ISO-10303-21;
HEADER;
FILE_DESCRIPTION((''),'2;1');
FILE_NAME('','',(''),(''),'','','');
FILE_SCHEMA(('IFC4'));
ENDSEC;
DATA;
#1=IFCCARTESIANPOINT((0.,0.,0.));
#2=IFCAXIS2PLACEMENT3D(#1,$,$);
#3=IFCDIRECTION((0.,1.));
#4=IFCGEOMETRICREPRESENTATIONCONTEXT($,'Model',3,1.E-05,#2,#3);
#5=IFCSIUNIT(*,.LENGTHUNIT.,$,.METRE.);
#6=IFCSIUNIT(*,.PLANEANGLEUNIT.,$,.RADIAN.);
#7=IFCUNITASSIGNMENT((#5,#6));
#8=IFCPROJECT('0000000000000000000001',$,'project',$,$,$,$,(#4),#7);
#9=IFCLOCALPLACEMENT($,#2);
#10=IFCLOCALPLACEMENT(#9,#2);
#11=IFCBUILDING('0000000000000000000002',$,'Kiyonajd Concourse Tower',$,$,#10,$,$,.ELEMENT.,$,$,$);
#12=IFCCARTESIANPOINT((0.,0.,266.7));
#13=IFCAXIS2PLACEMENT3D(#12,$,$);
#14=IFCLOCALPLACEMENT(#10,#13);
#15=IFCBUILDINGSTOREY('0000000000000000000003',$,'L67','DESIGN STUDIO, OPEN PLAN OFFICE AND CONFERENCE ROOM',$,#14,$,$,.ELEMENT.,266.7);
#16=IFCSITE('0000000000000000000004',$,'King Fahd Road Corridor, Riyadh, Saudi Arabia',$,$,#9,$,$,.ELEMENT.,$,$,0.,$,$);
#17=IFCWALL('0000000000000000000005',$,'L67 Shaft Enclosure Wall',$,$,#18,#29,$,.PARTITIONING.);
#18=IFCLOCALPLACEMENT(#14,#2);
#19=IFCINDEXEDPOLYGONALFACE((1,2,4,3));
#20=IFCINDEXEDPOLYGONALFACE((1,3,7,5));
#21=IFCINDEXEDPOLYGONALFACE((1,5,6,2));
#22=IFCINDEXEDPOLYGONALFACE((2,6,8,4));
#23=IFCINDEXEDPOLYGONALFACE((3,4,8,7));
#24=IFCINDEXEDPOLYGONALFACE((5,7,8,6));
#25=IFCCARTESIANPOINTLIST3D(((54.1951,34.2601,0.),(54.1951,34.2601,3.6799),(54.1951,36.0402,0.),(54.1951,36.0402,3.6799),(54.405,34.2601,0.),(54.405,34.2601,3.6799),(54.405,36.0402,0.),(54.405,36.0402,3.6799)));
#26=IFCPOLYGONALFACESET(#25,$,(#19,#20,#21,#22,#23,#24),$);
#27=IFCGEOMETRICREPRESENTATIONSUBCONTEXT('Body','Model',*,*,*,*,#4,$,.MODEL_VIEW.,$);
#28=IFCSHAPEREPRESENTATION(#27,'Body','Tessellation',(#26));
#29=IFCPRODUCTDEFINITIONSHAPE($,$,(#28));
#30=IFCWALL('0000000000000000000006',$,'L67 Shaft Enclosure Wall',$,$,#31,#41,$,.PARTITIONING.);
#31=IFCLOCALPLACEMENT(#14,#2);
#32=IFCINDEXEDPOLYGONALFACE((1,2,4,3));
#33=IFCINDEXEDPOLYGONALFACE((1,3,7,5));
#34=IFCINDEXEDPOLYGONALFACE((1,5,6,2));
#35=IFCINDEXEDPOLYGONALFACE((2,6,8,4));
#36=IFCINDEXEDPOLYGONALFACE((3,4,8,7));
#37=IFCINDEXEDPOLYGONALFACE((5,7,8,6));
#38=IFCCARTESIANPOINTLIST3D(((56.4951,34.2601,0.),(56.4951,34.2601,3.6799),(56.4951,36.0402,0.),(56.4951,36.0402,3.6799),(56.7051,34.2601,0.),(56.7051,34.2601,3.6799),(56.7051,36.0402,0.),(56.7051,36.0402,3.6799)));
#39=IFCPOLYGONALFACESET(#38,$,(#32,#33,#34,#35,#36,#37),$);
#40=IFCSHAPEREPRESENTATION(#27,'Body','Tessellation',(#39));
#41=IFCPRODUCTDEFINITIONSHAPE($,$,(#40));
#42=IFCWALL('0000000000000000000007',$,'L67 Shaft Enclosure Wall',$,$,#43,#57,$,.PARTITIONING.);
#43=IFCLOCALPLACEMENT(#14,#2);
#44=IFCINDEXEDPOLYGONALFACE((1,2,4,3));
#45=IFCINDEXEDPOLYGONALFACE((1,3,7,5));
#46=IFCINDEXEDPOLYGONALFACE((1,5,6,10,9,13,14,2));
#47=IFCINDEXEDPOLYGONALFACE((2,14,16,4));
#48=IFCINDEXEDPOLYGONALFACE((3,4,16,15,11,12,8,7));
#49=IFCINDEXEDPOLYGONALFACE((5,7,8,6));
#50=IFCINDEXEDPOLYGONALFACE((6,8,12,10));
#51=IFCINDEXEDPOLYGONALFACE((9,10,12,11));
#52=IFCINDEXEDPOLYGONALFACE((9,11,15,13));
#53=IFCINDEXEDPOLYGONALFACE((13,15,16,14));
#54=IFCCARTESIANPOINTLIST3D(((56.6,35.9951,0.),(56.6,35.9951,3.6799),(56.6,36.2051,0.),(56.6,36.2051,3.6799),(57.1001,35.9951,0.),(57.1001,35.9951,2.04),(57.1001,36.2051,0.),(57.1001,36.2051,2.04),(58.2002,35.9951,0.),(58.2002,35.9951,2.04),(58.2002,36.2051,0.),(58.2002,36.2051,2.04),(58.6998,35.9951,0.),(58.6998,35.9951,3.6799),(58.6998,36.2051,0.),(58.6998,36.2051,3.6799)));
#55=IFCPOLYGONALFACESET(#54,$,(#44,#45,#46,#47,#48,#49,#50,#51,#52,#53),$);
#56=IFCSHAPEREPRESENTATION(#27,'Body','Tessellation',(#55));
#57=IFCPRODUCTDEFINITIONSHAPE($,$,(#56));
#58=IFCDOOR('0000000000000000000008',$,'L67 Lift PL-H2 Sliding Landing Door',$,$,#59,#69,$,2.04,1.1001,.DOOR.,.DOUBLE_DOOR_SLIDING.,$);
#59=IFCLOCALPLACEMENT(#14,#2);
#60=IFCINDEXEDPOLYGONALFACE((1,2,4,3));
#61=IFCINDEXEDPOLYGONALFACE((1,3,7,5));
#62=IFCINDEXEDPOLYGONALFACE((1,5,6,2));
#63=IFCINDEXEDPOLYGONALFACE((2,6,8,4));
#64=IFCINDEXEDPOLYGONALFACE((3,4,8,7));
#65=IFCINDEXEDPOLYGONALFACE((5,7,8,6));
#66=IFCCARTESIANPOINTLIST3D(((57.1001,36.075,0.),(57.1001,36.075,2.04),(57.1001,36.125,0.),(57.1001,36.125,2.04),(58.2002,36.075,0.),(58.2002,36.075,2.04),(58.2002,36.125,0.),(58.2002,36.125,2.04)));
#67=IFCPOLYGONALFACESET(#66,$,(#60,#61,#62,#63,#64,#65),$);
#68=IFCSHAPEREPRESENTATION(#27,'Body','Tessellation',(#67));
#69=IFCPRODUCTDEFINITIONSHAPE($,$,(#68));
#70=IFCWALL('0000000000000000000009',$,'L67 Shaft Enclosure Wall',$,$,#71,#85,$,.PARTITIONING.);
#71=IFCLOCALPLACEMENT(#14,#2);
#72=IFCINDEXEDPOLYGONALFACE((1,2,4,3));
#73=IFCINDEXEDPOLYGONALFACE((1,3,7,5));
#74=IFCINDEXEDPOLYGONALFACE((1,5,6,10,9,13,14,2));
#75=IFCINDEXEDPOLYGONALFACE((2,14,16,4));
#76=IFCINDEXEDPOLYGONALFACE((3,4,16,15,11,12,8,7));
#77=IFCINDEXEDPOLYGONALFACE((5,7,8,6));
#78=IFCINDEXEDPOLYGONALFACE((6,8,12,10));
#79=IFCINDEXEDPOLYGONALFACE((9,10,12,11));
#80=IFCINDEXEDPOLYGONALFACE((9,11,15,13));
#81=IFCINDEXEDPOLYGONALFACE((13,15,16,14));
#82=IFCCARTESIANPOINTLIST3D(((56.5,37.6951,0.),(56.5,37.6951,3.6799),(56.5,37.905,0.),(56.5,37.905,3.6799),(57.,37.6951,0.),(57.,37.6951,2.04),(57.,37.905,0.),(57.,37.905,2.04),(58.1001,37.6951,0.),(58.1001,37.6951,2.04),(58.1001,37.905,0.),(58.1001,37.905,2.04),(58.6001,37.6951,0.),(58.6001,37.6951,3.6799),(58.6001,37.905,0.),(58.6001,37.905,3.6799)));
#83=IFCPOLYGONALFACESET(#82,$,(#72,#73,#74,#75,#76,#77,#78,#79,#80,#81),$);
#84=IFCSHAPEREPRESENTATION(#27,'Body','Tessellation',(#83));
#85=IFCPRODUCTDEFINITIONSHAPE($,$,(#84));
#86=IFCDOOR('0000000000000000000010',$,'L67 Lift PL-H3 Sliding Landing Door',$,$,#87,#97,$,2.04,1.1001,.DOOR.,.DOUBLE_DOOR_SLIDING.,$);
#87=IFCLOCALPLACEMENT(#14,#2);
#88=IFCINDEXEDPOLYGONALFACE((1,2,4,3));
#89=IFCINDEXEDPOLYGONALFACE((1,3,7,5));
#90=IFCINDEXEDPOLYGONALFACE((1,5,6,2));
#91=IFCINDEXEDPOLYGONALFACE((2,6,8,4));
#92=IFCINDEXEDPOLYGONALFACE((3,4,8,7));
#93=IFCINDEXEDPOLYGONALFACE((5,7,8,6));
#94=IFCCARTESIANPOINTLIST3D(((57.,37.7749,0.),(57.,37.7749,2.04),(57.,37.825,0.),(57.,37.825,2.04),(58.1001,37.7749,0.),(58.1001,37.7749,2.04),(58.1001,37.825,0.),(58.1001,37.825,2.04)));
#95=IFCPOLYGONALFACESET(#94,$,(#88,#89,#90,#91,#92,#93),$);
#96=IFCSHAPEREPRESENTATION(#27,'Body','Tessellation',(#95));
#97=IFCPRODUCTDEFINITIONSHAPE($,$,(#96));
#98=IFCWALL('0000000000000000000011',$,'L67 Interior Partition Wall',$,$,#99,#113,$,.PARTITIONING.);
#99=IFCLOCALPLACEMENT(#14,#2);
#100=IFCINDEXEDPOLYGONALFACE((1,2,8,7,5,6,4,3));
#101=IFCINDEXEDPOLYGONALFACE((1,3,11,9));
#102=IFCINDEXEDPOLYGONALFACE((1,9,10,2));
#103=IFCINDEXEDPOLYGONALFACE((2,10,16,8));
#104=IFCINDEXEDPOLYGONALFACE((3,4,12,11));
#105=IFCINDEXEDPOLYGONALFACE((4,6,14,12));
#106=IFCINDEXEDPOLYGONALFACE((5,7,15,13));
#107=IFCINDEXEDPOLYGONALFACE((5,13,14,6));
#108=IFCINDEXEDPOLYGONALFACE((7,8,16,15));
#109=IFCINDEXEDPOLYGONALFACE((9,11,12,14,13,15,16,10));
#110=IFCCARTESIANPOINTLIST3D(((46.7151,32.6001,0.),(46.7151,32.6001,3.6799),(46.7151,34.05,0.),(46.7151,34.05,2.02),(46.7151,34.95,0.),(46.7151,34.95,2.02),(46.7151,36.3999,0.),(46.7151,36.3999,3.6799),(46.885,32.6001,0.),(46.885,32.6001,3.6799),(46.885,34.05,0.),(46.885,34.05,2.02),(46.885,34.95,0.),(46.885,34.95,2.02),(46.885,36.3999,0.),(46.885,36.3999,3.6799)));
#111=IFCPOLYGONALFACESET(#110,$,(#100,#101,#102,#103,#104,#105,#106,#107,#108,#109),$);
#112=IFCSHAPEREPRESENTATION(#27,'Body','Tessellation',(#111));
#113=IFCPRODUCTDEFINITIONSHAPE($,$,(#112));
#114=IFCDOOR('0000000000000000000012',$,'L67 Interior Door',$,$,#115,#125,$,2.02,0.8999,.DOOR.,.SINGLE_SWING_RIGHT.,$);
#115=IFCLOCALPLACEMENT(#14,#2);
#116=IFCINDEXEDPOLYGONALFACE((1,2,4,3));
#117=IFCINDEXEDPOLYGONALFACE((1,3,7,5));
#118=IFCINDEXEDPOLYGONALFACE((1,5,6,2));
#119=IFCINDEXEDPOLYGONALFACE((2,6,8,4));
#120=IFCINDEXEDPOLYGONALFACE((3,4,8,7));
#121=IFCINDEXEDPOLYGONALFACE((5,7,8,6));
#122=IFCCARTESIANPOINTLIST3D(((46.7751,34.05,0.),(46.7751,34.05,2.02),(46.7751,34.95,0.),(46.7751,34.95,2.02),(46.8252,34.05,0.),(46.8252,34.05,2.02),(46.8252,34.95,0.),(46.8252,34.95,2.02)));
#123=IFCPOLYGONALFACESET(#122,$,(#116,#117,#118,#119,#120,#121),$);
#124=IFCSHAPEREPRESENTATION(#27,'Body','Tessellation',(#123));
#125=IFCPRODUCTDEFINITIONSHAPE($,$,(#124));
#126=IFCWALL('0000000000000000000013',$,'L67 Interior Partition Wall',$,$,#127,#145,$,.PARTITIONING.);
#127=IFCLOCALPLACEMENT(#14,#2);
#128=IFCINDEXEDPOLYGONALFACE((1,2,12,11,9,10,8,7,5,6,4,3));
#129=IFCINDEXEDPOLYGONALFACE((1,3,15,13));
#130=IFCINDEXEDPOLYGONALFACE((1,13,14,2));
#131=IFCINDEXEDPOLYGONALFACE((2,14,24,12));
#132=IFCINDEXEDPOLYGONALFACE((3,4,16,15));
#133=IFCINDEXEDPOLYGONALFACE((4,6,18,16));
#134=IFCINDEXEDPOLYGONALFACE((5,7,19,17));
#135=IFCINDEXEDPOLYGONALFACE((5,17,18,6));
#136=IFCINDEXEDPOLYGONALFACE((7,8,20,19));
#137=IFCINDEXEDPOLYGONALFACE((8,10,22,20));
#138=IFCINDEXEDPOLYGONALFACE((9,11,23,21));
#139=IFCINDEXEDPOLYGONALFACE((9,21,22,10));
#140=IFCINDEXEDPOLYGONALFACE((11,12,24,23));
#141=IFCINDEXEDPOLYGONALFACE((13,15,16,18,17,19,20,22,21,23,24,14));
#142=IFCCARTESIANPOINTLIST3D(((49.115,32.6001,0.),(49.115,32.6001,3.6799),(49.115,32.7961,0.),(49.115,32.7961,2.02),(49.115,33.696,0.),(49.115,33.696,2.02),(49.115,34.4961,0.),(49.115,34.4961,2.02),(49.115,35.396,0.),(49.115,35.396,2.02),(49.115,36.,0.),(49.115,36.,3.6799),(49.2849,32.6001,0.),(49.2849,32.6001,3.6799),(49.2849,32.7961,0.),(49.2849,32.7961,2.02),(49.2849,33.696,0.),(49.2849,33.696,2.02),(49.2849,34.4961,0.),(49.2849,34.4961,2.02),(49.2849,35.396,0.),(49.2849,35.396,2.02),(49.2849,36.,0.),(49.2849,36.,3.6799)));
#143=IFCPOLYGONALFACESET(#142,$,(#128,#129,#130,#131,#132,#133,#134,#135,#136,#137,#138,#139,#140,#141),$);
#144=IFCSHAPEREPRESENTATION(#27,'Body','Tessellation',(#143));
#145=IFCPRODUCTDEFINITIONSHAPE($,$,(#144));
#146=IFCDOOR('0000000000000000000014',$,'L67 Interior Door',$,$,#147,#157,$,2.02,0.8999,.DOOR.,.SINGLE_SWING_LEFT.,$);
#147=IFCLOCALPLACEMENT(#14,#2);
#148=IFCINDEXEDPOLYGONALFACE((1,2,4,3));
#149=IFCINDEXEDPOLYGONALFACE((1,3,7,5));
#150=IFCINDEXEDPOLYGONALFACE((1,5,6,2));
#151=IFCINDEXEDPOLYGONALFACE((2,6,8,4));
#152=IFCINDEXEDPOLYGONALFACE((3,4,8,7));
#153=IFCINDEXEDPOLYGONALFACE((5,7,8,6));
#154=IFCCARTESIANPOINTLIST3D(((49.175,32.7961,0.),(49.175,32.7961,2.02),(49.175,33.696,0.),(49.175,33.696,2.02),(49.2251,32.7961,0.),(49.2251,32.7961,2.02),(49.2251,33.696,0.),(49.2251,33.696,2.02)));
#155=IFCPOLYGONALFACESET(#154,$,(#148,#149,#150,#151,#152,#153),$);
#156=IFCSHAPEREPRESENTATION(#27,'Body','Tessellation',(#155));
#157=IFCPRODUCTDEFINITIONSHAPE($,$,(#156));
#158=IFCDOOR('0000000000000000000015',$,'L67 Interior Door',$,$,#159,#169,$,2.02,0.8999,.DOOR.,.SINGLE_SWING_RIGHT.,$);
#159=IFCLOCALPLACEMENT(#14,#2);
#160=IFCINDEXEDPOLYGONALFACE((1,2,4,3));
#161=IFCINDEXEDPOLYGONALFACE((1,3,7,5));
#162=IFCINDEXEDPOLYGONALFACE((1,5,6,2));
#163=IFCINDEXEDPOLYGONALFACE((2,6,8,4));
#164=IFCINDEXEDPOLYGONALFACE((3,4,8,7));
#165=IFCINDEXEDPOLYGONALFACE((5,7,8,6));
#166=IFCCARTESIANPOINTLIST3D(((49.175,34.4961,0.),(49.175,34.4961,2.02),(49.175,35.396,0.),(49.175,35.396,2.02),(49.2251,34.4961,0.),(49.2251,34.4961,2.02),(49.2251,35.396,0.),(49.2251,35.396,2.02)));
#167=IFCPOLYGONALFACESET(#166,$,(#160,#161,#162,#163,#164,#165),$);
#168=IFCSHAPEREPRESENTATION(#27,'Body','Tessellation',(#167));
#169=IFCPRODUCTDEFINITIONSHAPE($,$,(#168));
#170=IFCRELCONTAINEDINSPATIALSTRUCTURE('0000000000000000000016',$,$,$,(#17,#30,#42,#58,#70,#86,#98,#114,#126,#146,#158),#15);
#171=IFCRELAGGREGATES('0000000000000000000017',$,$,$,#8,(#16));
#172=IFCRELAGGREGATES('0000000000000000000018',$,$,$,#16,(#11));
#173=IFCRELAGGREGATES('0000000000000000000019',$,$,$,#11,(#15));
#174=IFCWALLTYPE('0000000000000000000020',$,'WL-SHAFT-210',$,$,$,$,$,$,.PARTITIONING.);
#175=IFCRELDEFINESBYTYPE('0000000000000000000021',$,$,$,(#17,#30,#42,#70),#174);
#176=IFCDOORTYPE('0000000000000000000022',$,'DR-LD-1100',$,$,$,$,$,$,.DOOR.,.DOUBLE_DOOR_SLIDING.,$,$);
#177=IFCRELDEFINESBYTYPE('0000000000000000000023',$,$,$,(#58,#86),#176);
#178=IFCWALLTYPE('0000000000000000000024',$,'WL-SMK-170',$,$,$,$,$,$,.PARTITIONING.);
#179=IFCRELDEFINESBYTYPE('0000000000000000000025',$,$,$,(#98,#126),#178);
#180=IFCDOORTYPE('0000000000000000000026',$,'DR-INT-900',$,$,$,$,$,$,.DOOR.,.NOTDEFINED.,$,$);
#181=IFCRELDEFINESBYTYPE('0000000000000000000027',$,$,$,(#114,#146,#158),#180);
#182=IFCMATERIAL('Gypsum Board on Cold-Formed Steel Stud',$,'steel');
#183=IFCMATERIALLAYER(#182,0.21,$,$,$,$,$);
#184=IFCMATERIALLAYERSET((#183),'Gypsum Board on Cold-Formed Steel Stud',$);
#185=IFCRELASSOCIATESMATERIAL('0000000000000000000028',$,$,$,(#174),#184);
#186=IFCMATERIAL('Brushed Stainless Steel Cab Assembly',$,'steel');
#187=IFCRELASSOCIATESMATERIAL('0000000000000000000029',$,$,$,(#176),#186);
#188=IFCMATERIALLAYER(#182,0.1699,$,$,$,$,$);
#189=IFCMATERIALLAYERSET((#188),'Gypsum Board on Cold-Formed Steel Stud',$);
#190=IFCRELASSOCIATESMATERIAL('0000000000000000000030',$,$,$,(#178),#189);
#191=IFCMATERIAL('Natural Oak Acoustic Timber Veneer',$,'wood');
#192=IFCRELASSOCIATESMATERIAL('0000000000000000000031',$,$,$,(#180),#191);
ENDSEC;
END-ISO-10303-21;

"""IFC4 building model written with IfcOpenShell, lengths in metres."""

from ifc_helpers import new_model, si_unit, direction, frame, frame_2d, origin, place, context, subcontext, project, spatial, rectangle, extrude, material, layer, layer_set, type_object, element, fill, save


model = new_model("IFC4")

# Units and contexts
model_context = context("Model", 3, precision=1e-05, world=origin(), true_north=direction((0.0, 1.0)))
body_context = subcontext(model_context, "Body", "Model", "MODEL_VIEW")
ifc_project = project(units=[si_unit("LENGTHUNIT", "METRE"), si_unit("PLANEANGLEUNIT", "RADIAN")], contexts=[model_context])

# Site, building, storey
site_placement = place(None, origin())
site = spatial("IfcSite", under=ifc_project, at=site_placement, Name="King Fahd Road Corridor, Riyadh, Saudi Arabia", CompositionType="ELEMENT", RefElevation=0.0)
building_placement = place(site_placement, origin())
building = spatial("IfcBuilding", under=site, at=building_placement, Name="Kiyonajd Concourse Tower", CompositionType="ELEMENT")
storey_placement = place(building_placement, frame((0.0, 0.0, 266.7)))
storey = spatial("IfcBuildingStorey", under=building, at=storey_placement, Name="L67", Description="DESIGN STUDIO, OPEN PLAN OFFICE AND CONFERENCE ROOM", CompositionType="ELEMENT", Elevation=266.7)

# Shared definitions
ifc_material_1 = material(Name="Gypsum Board on Cold-Formed Steel Stud", Category="steel")

# Shared definitions
ifc_layer_1 = layer(ifc_material_1, 0.21)
ifc_layer_set_1 = layer_set([ifc_layer_1], Name="Gypsum Board on Cold-Formed Steel Stud")
wall_type_1 = type_object("IfcWallType", Name="WL-SHAFT-210", PredefinedType="PARTITIONING", material=ifc_layer_set_1)
ifc_material_2 = material(Name="Brushed Stainless Steel Cab Assembly", Category="steel")

# Shared definitions
door_type_1 = type_object("IfcDoorType", Name="DR-LD-1100", OperationType="DOUBLE_DOOR_SLIDING", PredefinedType="DOOR", material=ifc_material_2)

# Walls
for number, where, z_axis, x_axis, name in (
    (1, (54.3, 34.26, 0.0), (0.0, 0.0, 1.0), (0.0, 1.0, 0.0), "L67 Shaft Enclosure Wall"),
    (2, (56.6001, 34.26, 0.0), (0.0, 0.0, 1.0), (0.0, 1.0, 0.0), "L67 Shaft Enclosure Wall"),
):
    element("IfcWall", number, at=place(storey_placement, frame(where, z_axis=z_axis, x_axis=x_axis)), inside=storey, type_object=wall_type_1, Name=name, PredefinedType="PARTITIONING", context=body_context, shape_type="SweptSolid", body=[
        extrude(rectangle(XDim=1.78, YDim=0.21, at=frame_2d((0.8901, 0.0))), origin(), (0.0, 0.0, 1.0), 3.6799),
    ])

# Walls, openings, doors
wall_1_placement = place(storey_placement, frame((56.6001, 36.1001, 0.0), z_axis=(0.0, 0.0, 1.0), x_axis=(1.0, 0.0, 0.0)))
wall_1 = element("IfcWall", 3, at=wall_1_placement, inside=storey, type_object=wall_type_1, Name="L67 Shaft Enclosure Wall", PredefinedType="PARTITIONING", context=body_context, shape_type="SweptSolid", body=[
    extrude(rectangle(XDim=2.0999, YDim=0.21, at=frame_2d((1.0498, 0.0))), origin(), (0.0, 0.0, 1.0), 3.6799),
])
opening_1_placement = place(wall_1_placement, frame((0.5, 0.0, 0.0)))
opening_1 = element("IfcOpeningElement", 4, at=opening_1_placement, cuts=wall_1, PredefinedType="OPENING", context=body_context, shape_type="SweptSolid", body=[
    extrude(rectangle(XDim=1.1001, YDim=2.04, at=frame_2d((0.55, 1.02))), frame((0.0, 0.115, 0.0), z_axis=(0.0, -1.0, 0.0), x_axis=(1.0, 0.0, 0.0)), (0.0, 0.0, 1.0), 0.23),
])
door_1_placement = place(opening_1_placement, origin())
door_1 = element("IfcDoor", 5, at=door_1_placement, inside=storey, type_object=door_type_1, Name="L67 Lift PL-H2 Sliding Landing Door", OperationType="DOUBLE_DOOR_SLIDING", OverallHeight=2.04, OverallWidth=1.1001, PredefinedType="DOOR", context=body_context, shape_type="SweptSolid", body=[
    extrude(rectangle(XDim=1.1001, YDim=2.04, at=frame_2d((0.55, 1.02))), frame((0.0, 0.0249, 0.0), z_axis=(0.0, -1.0, 0.0), x_axis=(1.0, 0.0, 0.0)), (0.0, 0.0, 1.0), 0.05),
])
fill(opening_1, door_1)
wall_2_placement = place(storey_placement, frame((56.5, 37.8, 0.0), z_axis=(0.0, 0.0, 1.0), x_axis=(1.0, 0.0, 0.0)))
wall_2 = element("IfcWall", 6, at=wall_2_placement, inside=storey, type_object=wall_type_1, Name="L67 Shaft Enclosure Wall", PredefinedType="PARTITIONING", context=body_context, shape_type="SweptSolid", body=[
    extrude(rectangle(XDim=2.1001, YDim=0.21, at=frame_2d((1.05, 0.0))), origin(), (0.0, 0.0, 1.0), 3.6799),
])
opening_2_placement = place(wall_2_placement, frame((0.5, 0.0, 0.0)))
opening_2 = element("IfcOpeningElement", 7, at=opening_2_placement, cuts=wall_2, PredefinedType="OPENING", context=body_context, shape_type="SweptSolid", body=[
    extrude(rectangle(XDim=1.1001, YDim=2.04, at=frame_2d((0.55, 1.02))), frame((0.0, 0.115, 0.0), z_axis=(0.0, -1.0, 0.0), x_axis=(1.0, 0.0, 0.0)), (0.0, 0.0, 1.0), 0.23),
])
door_2_placement = place(opening_2_placement, origin())
door_2 = element("IfcDoor", 8, at=door_2_placement, inside=storey, type_object=door_type_1, Name="L67 Lift PL-H3 Sliding Landing Door", OperationType="DOUBLE_DOOR_SLIDING", OverallHeight=2.04, OverallWidth=1.1001, PredefinedType="DOOR", context=body_context, shape_type="SweptSolid", body=[
    extrude(rectangle(XDim=1.1001, YDim=2.04, at=frame_2d((0.55, 1.02))), frame((0.0, 0.0249, 0.0), z_axis=(0.0, -1.0, 0.0), x_axis=(1.0, 0.0, 0.0)), (0.0, 0.0, 1.0), 0.05),
])
fill(opening_2, door_2)
ifc_layer_2 = layer(ifc_material_1, 0.1699)
ifc_layer_set_2 = layer_set([ifc_layer_2], Name="Gypsum Board on Cold-Formed Steel Stud")
wall_type_2 = type_object("IfcWallType", Name="WL-SMK-170", PredefinedType="PARTITIONING", material=ifc_layer_set_2)
wall_3_placement = place(storey_placement, frame((46.8, 32.6001, 0.0), z_axis=(0.0, 0.0, 1.0), x_axis=(0.0, 1.0, 0.0)))
wall_3 = element("IfcWall", 9, at=wall_3_placement, inside=storey, type_object=wall_type_2, Name="L67 Interior Partition Wall", PredefinedType="PARTITIONING", context=body_context, shape_type="SweptSolid", body=[
    extrude(rectangle(XDim=3.7998, YDim=0.1699, at=frame_2d((1.8999, 0.0))), origin(), (0.0, 0.0, 1.0), 3.6799),
])
opening_3_placement = place(wall_3_placement, frame((1.45, 0.0, 0.0)))
opening_3 = element("IfcOpeningElement", 10, at=opening_3_placement, cuts=wall_3, PredefinedType="OPENING", context=body_context, shape_type="SweptSolid", body=[
    extrude(rectangle(XDim=0.8999, YDim=2.02, at=frame_2d((0.45, 1.01))), frame((0.0, 0.095, 0.0), z_axis=(0.0, -1.0, 0.0), x_axis=(1.0, 0.0, 0.0)), (0.0, 0.0, 1.0), 0.1899),
])
ifc_material_3 = material(Name="Natural Oak Acoustic Timber Veneer", Category="wood")
door_type_2 = type_object("IfcDoorType", Name="DR-INT-900", OperationType="NOTDEFINED", PredefinedType="DOOR", material=ifc_material_3)
door_3_placement = place(opening_3_placement, origin())
door_3 = element("IfcDoor", 11, at=door_3_placement, inside=storey, type_object=door_type_2, Name="L67 Interior Door", OperationType="SINGLE_SWING_RIGHT", OverallHeight=2.02, OverallWidth=0.8999, PredefinedType="DOOR", context=body_context, shape_type="SweptSolid", body=[
    extrude(rectangle(XDim=0.8999, YDim=2.02, at=frame_2d((0.45, 1.01))), frame((0.0, 0.0249, 0.0), z_axis=(0.0, -1.0, 0.0), x_axis=(1.0, 0.0, 0.0)), (0.0, 0.0, 1.0), 0.05),
])
fill(opening_3, door_3)

# Wall, openings, doors
wall_4_placement = place(storey_placement, frame((49.2, 32.6001, 0.0), z_axis=(0.0, 0.0, 1.0), x_axis=(0.0, 1.0, 0.0)))
wall_4 = element("IfcWall", 12, at=wall_4_placement, inside=storey, type_object=wall_type_2, Name="L67 Interior Partition Wall", PredefinedType="PARTITIONING", context=body_context, shape_type="SweptSolid", body=[
    extrude(rectangle(XDim=3.3999, YDim=0.1699, at=frame_2d((1.7, 0.0))), origin(), (0.0, 0.0, 1.0), 3.6799),
])
opening_4_placement = place(wall_4_placement, frame((0.196, 0.0, 0.0)))
opening_4 = element("IfcOpeningElement", 13, at=opening_4_placement, cuts=wall_4, PredefinedType="OPENING", context=body_context, shape_type="SweptSolid", body=[
    extrude(rectangle(XDim=0.8999, YDim=2.02, at=frame_2d((0.45, 1.01))), frame((0.0, 0.095, 0.0), z_axis=(0.0, -1.0, 0.0), x_axis=(1.0, 0.0, 0.0)), (0.0, 0.0, 1.0), 0.1899),
])
opening_5_placement = place(wall_4_placement, frame((1.896, 0.0, 0.0)))
opening_5 = element("IfcOpeningElement", 14, at=opening_5_placement, cuts=wall_4, PredefinedType="OPENING", context=body_context, shape_type="SweptSolid", body=[
    extrude(rectangle(XDim=0.8999, YDim=2.02, at=frame_2d((0.45, 1.01))), frame((0.0, 0.095, 0.0), z_axis=(0.0, -1.0, 0.0), x_axis=(1.0, 0.0, 0.0)), (0.0, 0.0, 1.0), 0.1899),
])
door_4_placement = place(opening_4_placement, origin())
door_4 = element("IfcDoor", 15, at=door_4_placement, inside=storey, type_object=door_type_2, Name="L67 Interior Door", OperationType="SINGLE_SWING_LEFT", OverallHeight=2.02, OverallWidth=0.8999, PredefinedType="DOOR", context=body_context, shape_type="SweptSolid", body=[
    extrude(rectangle(XDim=0.8999, YDim=2.02, at=frame_2d((0.45, 1.01))), frame((0.0, 0.0249, 0.0), z_axis=(0.0, -1.0, 0.0), x_axis=(1.0, 0.0, 0.0)), (0.0, 0.0, 1.0), 0.05),
])
fill(opening_4, door_4)
door_5_placement = place(opening_5_placement, origin())
door_5 = element("IfcDoor", 16, at=door_5_placement, inside=storey, type_object=door_type_2, Name="L67 Interior Door", OperationType="SINGLE_SWING_RIGHT", OverallHeight=2.02, OverallWidth=0.8999, PredefinedType="DOOR", context=body_context, shape_type="SweptSolid", body=[
    extrude(rectangle(XDim=0.8999, YDim=2.02, at=frame_2d((0.45, 1.01))), frame((0.0, 0.0249, 0.0), z_axis=(0.0, -1.0, 0.0), x_axis=(1.0, 0.0, 0.0)), (0.0, 0.0, 1.0), 0.05),
])
fill(opening_5, door_5)

save(model, "model.ifc")
